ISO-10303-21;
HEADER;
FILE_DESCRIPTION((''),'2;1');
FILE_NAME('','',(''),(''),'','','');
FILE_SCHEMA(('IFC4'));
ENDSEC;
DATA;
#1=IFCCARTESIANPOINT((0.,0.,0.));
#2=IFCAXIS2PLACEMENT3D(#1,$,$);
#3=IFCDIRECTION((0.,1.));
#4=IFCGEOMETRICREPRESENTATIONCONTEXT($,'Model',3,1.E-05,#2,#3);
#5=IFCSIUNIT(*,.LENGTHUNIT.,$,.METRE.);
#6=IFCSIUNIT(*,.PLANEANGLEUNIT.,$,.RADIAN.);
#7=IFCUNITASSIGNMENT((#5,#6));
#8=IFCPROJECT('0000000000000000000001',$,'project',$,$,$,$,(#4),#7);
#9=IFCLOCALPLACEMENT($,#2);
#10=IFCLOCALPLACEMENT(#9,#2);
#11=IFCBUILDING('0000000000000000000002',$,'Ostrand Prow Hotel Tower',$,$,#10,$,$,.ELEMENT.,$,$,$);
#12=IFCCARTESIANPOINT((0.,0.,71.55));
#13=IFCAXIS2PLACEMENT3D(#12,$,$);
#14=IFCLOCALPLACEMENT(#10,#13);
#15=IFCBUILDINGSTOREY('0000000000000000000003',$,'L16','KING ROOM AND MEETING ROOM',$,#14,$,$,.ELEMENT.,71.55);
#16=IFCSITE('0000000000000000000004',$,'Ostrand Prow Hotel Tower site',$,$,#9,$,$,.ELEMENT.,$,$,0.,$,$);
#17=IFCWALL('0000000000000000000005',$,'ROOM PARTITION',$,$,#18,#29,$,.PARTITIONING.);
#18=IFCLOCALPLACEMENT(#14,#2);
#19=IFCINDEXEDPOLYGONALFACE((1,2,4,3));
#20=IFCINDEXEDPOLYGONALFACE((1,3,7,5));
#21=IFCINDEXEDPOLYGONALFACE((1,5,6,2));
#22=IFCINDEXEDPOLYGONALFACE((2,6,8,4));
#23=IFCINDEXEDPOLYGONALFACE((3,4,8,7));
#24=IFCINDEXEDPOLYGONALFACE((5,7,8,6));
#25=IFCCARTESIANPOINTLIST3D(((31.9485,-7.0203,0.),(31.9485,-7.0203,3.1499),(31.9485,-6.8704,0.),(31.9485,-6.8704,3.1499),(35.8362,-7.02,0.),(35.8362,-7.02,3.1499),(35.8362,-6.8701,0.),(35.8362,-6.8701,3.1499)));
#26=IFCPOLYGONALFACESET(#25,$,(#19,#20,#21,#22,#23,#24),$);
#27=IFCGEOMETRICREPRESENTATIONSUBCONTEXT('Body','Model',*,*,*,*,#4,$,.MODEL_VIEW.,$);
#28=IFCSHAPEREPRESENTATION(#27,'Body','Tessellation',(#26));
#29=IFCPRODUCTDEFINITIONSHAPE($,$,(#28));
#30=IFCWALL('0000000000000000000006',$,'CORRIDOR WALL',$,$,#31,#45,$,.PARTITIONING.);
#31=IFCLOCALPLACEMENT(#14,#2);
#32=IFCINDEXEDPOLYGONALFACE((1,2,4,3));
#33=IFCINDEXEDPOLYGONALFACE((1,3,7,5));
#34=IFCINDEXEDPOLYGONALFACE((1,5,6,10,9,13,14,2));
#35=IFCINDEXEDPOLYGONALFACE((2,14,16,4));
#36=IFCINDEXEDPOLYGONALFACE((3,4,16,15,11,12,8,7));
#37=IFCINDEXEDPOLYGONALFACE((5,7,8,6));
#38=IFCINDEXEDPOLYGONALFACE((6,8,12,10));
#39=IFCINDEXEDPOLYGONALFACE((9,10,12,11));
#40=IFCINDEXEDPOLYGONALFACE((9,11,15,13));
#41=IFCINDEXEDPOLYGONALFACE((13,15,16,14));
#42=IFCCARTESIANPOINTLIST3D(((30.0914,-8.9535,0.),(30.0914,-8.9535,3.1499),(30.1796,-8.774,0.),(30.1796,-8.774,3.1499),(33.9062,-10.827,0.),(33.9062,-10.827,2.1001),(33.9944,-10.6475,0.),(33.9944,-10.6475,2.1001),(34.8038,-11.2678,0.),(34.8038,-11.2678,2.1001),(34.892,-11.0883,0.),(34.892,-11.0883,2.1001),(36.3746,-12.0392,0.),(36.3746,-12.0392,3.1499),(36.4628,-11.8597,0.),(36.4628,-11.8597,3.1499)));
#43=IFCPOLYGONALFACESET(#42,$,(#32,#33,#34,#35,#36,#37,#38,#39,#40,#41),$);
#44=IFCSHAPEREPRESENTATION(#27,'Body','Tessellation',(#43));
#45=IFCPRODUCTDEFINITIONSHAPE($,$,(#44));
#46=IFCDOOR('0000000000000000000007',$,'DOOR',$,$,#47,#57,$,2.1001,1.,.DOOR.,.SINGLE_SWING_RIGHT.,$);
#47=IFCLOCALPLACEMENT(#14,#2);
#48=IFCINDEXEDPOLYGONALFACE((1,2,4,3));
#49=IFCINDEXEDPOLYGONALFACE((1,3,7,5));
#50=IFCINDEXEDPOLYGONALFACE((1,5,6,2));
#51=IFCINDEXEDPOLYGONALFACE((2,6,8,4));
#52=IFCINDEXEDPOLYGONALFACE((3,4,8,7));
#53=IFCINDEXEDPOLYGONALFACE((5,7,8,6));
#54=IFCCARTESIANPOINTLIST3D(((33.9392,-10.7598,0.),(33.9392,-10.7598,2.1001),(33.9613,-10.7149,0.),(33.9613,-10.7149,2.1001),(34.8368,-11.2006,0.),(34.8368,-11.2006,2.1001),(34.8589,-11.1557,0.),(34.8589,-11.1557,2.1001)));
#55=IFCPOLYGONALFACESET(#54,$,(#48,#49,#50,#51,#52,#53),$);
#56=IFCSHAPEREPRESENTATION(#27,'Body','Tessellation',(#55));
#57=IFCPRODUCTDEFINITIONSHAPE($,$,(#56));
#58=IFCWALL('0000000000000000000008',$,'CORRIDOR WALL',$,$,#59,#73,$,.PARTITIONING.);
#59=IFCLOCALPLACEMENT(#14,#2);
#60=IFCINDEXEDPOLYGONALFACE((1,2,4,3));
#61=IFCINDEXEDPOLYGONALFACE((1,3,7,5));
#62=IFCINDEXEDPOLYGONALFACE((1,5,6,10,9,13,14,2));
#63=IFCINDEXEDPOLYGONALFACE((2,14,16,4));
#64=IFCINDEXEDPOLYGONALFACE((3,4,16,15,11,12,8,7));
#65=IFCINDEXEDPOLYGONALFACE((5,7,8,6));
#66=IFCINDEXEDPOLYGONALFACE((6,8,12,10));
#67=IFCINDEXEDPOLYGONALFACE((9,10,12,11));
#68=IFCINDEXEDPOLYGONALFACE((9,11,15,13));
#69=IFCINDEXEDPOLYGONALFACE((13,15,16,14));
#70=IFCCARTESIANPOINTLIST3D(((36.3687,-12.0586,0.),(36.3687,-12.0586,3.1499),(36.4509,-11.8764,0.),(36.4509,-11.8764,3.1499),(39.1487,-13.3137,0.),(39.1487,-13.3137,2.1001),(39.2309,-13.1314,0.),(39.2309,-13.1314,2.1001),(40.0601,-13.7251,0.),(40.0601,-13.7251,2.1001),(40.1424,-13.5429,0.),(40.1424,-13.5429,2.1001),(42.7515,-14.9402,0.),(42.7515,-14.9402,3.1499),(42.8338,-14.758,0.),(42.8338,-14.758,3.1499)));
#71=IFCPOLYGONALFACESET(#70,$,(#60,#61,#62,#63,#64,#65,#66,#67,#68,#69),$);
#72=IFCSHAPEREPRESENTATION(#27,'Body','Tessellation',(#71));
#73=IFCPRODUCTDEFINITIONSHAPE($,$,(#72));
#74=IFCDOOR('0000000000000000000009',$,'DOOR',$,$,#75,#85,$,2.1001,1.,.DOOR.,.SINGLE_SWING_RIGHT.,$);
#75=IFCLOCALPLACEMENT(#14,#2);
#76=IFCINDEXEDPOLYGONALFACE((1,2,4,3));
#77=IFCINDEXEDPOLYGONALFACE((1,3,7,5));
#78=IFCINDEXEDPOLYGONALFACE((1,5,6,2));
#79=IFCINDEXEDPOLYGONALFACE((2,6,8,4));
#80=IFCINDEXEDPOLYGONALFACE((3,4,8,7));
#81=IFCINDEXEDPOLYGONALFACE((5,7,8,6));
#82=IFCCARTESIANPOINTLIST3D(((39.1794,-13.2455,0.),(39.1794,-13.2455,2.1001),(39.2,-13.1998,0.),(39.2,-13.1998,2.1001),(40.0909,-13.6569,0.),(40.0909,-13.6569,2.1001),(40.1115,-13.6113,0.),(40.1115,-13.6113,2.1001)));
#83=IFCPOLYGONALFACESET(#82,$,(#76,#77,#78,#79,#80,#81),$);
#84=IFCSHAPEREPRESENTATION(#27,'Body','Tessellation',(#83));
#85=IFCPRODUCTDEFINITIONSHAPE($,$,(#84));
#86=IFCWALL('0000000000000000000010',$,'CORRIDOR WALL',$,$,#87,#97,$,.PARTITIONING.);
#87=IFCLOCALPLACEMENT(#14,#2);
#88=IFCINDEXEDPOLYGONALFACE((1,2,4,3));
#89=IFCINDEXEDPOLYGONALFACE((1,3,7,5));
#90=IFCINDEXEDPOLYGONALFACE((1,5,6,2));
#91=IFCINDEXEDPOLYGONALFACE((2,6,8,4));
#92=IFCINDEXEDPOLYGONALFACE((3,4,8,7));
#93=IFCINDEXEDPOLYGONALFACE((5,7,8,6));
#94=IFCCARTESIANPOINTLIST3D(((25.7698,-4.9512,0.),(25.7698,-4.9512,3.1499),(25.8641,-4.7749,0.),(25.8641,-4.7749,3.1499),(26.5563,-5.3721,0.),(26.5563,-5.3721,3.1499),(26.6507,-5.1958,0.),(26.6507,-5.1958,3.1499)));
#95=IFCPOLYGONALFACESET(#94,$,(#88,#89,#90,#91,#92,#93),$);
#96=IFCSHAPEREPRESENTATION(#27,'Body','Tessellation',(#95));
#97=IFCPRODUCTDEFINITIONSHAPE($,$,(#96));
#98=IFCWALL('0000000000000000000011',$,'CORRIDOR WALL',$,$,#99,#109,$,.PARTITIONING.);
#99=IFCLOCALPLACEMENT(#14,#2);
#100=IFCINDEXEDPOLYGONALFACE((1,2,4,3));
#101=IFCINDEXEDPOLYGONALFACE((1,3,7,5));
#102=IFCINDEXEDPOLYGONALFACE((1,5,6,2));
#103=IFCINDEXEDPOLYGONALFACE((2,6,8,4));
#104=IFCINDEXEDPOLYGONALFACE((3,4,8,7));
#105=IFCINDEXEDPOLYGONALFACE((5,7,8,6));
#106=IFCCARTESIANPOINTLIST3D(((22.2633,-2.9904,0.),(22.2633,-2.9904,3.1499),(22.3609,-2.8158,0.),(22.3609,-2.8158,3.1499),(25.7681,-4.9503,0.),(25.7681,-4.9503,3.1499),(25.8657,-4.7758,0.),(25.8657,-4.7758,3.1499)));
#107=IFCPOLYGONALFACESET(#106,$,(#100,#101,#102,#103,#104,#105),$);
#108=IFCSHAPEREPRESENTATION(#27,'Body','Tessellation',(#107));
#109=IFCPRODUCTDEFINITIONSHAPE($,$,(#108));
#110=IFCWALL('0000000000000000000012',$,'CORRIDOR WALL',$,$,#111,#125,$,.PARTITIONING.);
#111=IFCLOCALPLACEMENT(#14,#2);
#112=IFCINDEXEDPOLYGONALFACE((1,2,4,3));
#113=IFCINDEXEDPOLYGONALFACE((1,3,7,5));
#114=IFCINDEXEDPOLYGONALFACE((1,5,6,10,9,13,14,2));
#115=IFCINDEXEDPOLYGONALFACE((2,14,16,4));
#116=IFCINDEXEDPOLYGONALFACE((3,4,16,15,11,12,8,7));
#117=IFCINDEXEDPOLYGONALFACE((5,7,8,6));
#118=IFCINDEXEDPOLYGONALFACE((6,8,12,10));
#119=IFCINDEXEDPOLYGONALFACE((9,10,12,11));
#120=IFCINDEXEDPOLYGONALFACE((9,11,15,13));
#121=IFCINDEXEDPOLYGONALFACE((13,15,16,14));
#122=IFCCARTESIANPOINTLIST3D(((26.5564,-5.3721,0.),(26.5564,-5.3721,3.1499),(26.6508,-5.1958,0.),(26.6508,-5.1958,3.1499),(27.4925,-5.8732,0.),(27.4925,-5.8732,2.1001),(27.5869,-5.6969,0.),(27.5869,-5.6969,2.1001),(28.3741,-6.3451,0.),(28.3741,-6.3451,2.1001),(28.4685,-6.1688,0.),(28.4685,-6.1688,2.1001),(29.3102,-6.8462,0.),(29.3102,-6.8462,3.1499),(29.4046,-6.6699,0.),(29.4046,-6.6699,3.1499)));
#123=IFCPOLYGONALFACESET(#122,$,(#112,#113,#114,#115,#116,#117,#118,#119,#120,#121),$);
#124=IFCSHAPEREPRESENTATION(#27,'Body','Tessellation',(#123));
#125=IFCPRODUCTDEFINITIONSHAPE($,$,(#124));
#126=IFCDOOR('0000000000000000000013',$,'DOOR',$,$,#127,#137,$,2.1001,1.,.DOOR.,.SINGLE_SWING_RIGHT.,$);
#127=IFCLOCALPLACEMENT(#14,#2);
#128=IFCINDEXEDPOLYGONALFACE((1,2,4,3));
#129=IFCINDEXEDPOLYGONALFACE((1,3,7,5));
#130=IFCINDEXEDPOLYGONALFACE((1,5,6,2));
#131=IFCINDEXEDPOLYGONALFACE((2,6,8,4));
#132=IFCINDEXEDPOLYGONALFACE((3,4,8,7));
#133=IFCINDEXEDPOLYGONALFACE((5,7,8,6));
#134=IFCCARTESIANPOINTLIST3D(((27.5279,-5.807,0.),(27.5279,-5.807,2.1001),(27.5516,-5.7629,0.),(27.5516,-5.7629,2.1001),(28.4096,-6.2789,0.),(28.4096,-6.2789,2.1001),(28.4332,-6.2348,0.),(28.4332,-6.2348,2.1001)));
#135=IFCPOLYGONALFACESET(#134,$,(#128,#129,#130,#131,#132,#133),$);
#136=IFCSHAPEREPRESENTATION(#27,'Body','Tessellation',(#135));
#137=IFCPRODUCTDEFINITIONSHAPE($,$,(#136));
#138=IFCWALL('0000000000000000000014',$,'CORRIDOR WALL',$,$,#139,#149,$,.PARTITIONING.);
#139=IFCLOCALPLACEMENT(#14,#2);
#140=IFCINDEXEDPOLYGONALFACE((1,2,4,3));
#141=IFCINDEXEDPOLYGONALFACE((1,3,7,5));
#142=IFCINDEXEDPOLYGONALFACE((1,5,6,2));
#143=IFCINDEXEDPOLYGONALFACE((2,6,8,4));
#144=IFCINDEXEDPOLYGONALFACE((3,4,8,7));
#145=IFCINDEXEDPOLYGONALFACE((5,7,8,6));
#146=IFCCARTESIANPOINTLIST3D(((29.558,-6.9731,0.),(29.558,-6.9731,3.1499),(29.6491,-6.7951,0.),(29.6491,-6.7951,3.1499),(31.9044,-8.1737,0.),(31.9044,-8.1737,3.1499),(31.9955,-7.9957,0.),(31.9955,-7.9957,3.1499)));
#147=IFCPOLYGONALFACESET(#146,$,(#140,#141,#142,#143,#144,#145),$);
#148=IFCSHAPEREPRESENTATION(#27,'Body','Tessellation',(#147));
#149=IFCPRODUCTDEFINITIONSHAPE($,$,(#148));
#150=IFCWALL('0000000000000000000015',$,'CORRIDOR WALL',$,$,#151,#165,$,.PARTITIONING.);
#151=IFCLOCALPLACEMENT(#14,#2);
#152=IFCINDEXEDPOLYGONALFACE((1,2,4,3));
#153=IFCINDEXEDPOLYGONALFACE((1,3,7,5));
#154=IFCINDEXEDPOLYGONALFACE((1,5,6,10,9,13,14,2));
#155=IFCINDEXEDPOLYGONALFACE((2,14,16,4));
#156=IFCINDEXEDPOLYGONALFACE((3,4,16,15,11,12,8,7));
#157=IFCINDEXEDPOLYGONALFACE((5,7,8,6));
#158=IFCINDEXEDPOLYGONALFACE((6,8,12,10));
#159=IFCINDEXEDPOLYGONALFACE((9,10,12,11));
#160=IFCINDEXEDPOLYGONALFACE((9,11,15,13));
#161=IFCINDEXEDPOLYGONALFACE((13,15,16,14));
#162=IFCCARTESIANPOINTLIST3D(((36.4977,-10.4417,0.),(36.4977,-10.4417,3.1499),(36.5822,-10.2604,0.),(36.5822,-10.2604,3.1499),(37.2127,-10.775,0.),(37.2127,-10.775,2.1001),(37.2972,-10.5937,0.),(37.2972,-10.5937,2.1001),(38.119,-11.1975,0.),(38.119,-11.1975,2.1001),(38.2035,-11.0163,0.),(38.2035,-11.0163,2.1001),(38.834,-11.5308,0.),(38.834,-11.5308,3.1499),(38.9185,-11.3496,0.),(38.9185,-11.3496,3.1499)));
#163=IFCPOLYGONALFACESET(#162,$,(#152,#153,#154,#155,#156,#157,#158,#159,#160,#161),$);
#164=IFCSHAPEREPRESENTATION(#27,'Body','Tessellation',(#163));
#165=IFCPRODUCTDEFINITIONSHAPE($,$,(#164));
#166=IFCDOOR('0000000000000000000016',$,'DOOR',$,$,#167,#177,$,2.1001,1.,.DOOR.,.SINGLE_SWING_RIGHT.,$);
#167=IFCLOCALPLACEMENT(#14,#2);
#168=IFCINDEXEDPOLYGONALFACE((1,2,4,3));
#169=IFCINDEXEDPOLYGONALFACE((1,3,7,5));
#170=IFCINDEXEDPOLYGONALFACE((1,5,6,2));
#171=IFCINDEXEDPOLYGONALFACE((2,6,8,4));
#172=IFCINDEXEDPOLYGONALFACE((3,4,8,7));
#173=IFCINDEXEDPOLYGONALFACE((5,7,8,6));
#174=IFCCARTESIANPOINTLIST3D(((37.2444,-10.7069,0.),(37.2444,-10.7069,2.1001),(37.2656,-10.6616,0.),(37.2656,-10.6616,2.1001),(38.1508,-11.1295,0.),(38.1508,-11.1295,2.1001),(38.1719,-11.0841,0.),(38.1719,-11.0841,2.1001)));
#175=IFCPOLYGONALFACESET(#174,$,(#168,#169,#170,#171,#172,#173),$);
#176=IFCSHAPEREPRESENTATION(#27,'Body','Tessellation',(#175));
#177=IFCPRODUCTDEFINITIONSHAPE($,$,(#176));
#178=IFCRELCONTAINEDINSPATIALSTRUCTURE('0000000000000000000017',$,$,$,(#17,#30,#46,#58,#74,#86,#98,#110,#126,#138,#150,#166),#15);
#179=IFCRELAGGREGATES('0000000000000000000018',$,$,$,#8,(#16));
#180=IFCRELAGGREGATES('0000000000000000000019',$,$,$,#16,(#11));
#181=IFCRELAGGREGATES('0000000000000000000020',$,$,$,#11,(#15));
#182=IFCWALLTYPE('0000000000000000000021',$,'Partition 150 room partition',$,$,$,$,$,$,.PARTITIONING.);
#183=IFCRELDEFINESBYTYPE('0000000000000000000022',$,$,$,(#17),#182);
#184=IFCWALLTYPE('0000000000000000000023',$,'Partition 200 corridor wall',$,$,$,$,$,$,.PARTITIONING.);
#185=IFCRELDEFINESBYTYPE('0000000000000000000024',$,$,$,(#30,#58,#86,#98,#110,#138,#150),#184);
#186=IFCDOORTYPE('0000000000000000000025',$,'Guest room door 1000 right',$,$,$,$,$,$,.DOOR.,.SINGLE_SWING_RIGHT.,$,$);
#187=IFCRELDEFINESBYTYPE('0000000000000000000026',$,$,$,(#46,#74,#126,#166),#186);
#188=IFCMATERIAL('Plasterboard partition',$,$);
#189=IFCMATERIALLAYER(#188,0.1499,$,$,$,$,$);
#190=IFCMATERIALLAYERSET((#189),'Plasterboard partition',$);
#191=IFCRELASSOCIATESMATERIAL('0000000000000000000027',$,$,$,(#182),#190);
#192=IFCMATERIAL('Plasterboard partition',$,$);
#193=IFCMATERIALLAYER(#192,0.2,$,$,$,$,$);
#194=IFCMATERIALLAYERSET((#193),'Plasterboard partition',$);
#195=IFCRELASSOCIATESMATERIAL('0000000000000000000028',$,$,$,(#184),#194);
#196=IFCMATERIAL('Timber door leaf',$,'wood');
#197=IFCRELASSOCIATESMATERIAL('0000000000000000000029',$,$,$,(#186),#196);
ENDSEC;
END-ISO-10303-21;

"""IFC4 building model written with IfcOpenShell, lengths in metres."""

from ifc_helpers import new_model, si_unit, direction, frame, frame_2d, origin, place, context, subcontext, project, spatial, rectangle, extrude, material, layer, layer_set, type_object, element, fill, save


model = new_model("IFC4")

# Units and contexts
model_context = context("Model", 3, precision=1e-05, world=origin(), true_north=direction((0.0, 1.0)))
body_context = subcontext(model_context, "Body", "Model", "MODEL_VIEW")
ifc_project = project(units=[si_unit("LENGTHUNIT", "METRE"), si_unit("PLANEANGLEUNIT", "RADIAN")], contexts=[model_context])

# Site, building, storey
site_placement = place(None, origin())
site = spatial("IfcSite", under=ifc_project, at=site_placement, Name="Ostrand Prow Hotel Tower site", CompositionType="ELEMENT", RefElevation=0.0)
building_placement = place(site_placement, origin())
building = spatial("IfcBuilding", under=site, at=building_placement, Name="Ostrand Prow Hotel Tower", CompositionType="ELEMENT")
storey_placement = place(building_placement, frame((0.0, 0.0, 71.55)))
storey = spatial("IfcBuildingStorey", under=building, at=storey_placement, Name="L16", Description="KING ROOM AND MEETING ROOM", CompositionType="ELEMENT", Elevation=71.55)

# Wall
ifc_material_1 = material(Name="Plasterboard partition")
ifc_layer_1 = layer(ifc_material_1, 0.1499)
ifc_layer_set_1 = layer_set([ifc_layer_1], Name="Plasterboard partition")
wall_type_1 = type_object("IfcWallType", Name="Partition 150 room partition", PredefinedType="PARTITIONING", material=ifc_layer_set_1)
wall_1_placement = place(storey_placement, frame((35.8362, -6.9451, 0.0), z_axis=(0.0, 0.0, 1.0), x_axis=(-1.0, -0.000063, 0.0)))
element("IfcWall", 1, at=wall_1_placement, inside=storey, type_object=wall_type_1, Name="ROOM PARTITION", PredefinedType="PARTITIONING", context=body_context, shape_type="SweptSolid", body=[
    extrude(rectangle(XDim=3.8877, YDim=0.1499, at=frame_2d((1.9438, 0.0))), origin(), (0.0, 0.0, 1.0), 3.1499),
])

# Walls, openings, doors
ifc_material_2 = material(Name="Plasterboard partition")
ifc_layer_2 = layer(ifc_material_2, 0.2)
ifc_layer_set_2 = layer_set([ifc_layer_2], Name="Plasterboard partition")
wall_type_2 = type_object("IfcWallType", Name="Partition 200 corridor wall", PredefinedType="PARTITIONING", material=ifc_layer_set_2)
wall_2_placement = place(storey_placement, frame((30.1355, -8.8638, 0.0), z_axis=(0.0, 0.0, 1.0), x_axis=(0.897599, -0.440813, 0.0)))
wall_2 = element("IfcWall", 2, at=wall_2_placement, inside=storey, type_object=wall_type_2, Name="CORRIDOR WALL", PredefinedType="PARTITIONING", context=body_context, shape_type="SweptSolid", body=[
    extrude(rectangle(XDim=7.0, YDim=0.2, at=frame_2d((3.5, 0.0))), origin(), (0.0, 0.0, 1.0), 3.1499),
])
opening_1_placement = place(wall_2_placement, frame((4.25, 0.0, 0.0)))
opening_1 = element("IfcOpeningElement", 3, at=opening_1_placement, cuts=wall_2, PredefinedType="OPENING", context=body_context, shape_type="SweptSolid", body=[
    extrude(rectangle(XDim=1.0, YDim=2.1001, at=frame_2d((0.5, 1.05))), frame((0.0, 0.1099, 0.0), z_axis=(0.0, -1.0, 0.0), x_axis=(1.0, 0.0, 0.0)), (0.0, 0.0, 1.0), 0.22),
])
ifc_material_3 = material(Name="Timber door leaf", Category="wood")
door_type_1 = type_object("IfcDoorType", Name="Guest room door 1000 right", OperationType="SINGLE_SWING_RIGHT", PredefinedType="DOOR", material=ifc_material_3)
door_1_placement = place(opening_1_placement, origin())
door_1 = element("IfcDoor", 4, at=door_1_placement, inside=storey, type_object=door_type_1, Name="DOOR", OperationType="SINGLE_SWING_RIGHT", OverallHeight=2.1001, OverallWidth=1.0, PredefinedType="DOOR", context=body_context, shape_type="SweptSolid", body=[
    extrude(rectangle(XDim=1.0, YDim=2.1001, at=frame_2d((0.5, 1.05))), frame((0.0, 0.0249, 0.0), z_axis=(0.0, -1.0, 0.0), x_axis=(1.0, 0.0, 0.0)), (0.0, 0.0, 1.0), 0.05),
])
fill(opening_1, door_1)
wall_3_placement = place(storey_placement, frame((36.4099, -11.9675, 0.0), z_axis=(0.0, 0.0, 1.0), x_axis=(0.911422, -0.411472, 0.0)))
wall_3 = element("IfcWall", 5, at=wall_3_placement, inside=storey, type_object=wall_type_2, Name="CORRIDOR WALL", PredefinedType="PARTITIONING", context=body_context, shape_type="SweptSolid", body=[
    extrude(rectangle(XDim=7.0032, YDim=0.2, at=frame_2d((3.5015, 0.0))), origin(), (0.0, 0.0, 1.0), 3.1499),
])
opening_2_placement = place(wall_3_placement, frame((3.05, 0.0, 0.0)))
opening_2 = element("IfcOpeningElement", 6, at=opening_2_placement, cuts=wall_3, PredefinedType="OPENING", context=body_context, shape_type="SweptSolid", body=[
    extrude(rectangle(XDim=1.0, YDim=2.1001, at=frame_2d((0.5, 1.05))), frame((0.0, 0.1099, 0.0), z_axis=(0.0, -1.0, 0.0), x_axis=(1.0, 0.0, 0.0)), (0.0, 0.0, 1.0), 0.22),
])
door_2_placement = place(opening_2_placement, origin())
door_2 = element("IfcDoor", 7, at=door_2_placement, inside=storey, type_object=door_type_1, Name="DOOR", OperationType="SINGLE_SWING_RIGHT", OverallHeight=2.1001, OverallWidth=1.0, PredefinedType="DOOR", context=body_context, shape_type="SweptSolid", body=[
    extrude(rectangle(XDim=1.0, YDim=2.1001, at=frame_2d((0.5, 1.05))), frame((0.0, 0.0249, 0.0), z_axis=(0.0, -1.0, 0.0), x_axis=(1.0, 0.0, 0.0)), (0.0, 0.0, 1.0), 0.05),
])
fill(opening_2, door_2)

# Walls
wall_4_placement = place(storey_placement, frame((26.6035, -5.2839, 0.0), z_axis=(0.0, 0.0, 1.0), x_axis=(-0.881716, 0.471781, 0.0)))
element("IfcWall", 8, at=wall_4_placement, inside=storey, type_object=wall_type_2, Name="CORRIDOR WALL", PredefinedType="PARTITIONING", context=body_context, shape_type="SweptSolid", body=[
    extrude(rectangle(XDim=0.8921, YDim=0.2, at=frame_2d((0.446, 0.0))), origin(), (0.0, 0.0, 1.0), 3.1499),
])
wall_5_placement = place(storey_placement, frame((25.8169, -4.863, 0.0), z_axis=(0.0, 0.0, 1.0), x_axis=(-0.8728, 0.488078, 0.0)))
element("IfcWall", 9, at=wall_5_placement, inside=storey, type_object=wall_type_2, Name="CORRIDOR WALL", PredefinedType="PARTITIONING", context=body_context, shape_type="SweptSolid", body=[
    extrude(rectangle(XDim=4.0156, YDim=0.2, at=frame_2d((2.0078, 0.0))), origin(), (0.0, 0.0, 1.0), 3.1499),
])

# Wall, opening, door
wall_6_placement = place(storey_placement, frame((29.3574, -6.7581, 0.0), z_axis=(0.0, 0.0, 1.0), x_axis=(-0.881638, 0.471926, 0.0)))
wall_6 = element("IfcWall", 10, at=wall_6_placement, inside=storey, type_object=wall_type_2, Name="CORRIDOR WALL", PredefinedType="PARTITIONING", context=body_context, shape_type="SweptSolid", body=[
    extrude(rectangle(XDim=3.1235, YDim=0.2, at=frame_2d((1.5618, 0.0))), origin(), (0.0, 0.0, 1.0), 3.1499),
])
opening_3_placement = place(wall_6_placement, frame((1.0618, 0.0, 0.0)))
opening_3 = element("IfcOpeningElement", 11, at=opening_3_placement, cuts=wall_6, PredefinedType="OPENING", context=body_context, shape_type="SweptSolid", body=[
    extrude(rectangle(XDim=1.0, YDim=2.1001, at=frame_2d((0.5, 1.05))), frame((0.0, 0.1099, 0.0), z_axis=(0.0, -1.0, 0.0), x_axis=(1.0, 0.0, 0.0)), (0.0, 0.0, 1.0), 0.22),
])
door_3_placement = place(opening_3_placement, origin())
door_3 = element("IfcDoor", 12, at=door_3_placement, inside=storey, type_object=door_type_1, Name="DOOR", OperationType="SINGLE_SWING_RIGHT", OverallHeight=2.1001, OverallWidth=1.0, PredefinedType="DOOR", context=body_context, shape_type="SweptSolid", body=[
    extrude(rectangle(XDim=1.0, YDim=2.1001, at=frame_2d((0.5, 1.05))), frame((0.0, 0.0249, 0.0), z_axis=(0.0, -1.0, 0.0), x_axis=(1.0, 0.0, 0.0)), (0.0, 0.0, 1.0), 0.05),
])
fill(opening_3, door_3)

# Wall
wall_7_placement = place(storey_placement, frame((31.95, -8.0847, 0.0), z_axis=(0.0, 0.0, 1.0), x_axis=(-0.89022, 0.45553, 0.0)))
element("IfcWall", 13, at=wall_7_placement, inside=storey, type_object=wall_type_2, Name="CORRIDOR WALL", PredefinedType="PARTITIONING", context=body_context, shape_type="SweptSolid", body=[
    extrude(rectangle(XDim=2.6357, YDim=0.2, at=frame_2d((1.3179, 0.0))), origin(), (0.0, 0.0, 1.0), 3.1499),
])

# Wall, opening, door
wall_8_placement = place(storey_placement, frame((38.8762, -11.4402, 0.0), z_axis=(0.0, 0.0, 1.0), x_axis=(-0.906348, 0.422533, 0.0)))
wall_8 = element("IfcWall", 14, at=wall_8_placement, inside=storey, type_object=wall_type_2, Name="CORRIDOR WALL", PredefinedType="PARTITIONING", context=body_context, shape_type="SweptSolid", body=[
    extrude(rectangle(XDim=2.5776, YDim=0.2, at=frame_2d((1.2888, 0.0))), origin(), (0.0, 0.0, 1.0), 3.1499),
])
opening_4_placement = place(wall_8_placement, frame((0.7888, 0.0, 0.0)))
opening_4 = element("IfcOpeningElement", 15, at=opening_4_placement, cuts=wall_8, PredefinedType="OPENING", context=body_context, shape_type="SweptSolid", body=[
    extrude(rectangle(XDim=1.0, YDim=2.1001, at=frame_2d((0.5, 1.05))), frame((0.0, 0.1099, 0.0), z_axis=(0.0, -1.0, 0.0), x_axis=(1.0, 0.0, 0.0)), (0.0, 0.0, 1.0), 0.22),
])
door_4_placement = place(opening_4_placement, origin())
door_4 = element("IfcDoor", 16, at=door_4_placement, inside=storey, type_object=door_type_1, Name="DOOR", OperationType="SINGLE_SWING_RIGHT", OverallHeight=2.1001, OverallWidth=1.0, PredefinedType="DOOR", context=body_context, shape_type="SweptSolid", body=[
    extrude(rectangle(XDim=1.0, YDim=2.1001, at=frame_2d((0.5, 1.05))), frame((0.0, 0.0249, 0.0), z_axis=(0.0, -1.0, 0.0), x_axis=(1.0, 0.0, 0.0)), (0.0, 0.0, 1.0), 0.05),
])
fill(opening_4, door_4)

save(model, "model.ifc")
